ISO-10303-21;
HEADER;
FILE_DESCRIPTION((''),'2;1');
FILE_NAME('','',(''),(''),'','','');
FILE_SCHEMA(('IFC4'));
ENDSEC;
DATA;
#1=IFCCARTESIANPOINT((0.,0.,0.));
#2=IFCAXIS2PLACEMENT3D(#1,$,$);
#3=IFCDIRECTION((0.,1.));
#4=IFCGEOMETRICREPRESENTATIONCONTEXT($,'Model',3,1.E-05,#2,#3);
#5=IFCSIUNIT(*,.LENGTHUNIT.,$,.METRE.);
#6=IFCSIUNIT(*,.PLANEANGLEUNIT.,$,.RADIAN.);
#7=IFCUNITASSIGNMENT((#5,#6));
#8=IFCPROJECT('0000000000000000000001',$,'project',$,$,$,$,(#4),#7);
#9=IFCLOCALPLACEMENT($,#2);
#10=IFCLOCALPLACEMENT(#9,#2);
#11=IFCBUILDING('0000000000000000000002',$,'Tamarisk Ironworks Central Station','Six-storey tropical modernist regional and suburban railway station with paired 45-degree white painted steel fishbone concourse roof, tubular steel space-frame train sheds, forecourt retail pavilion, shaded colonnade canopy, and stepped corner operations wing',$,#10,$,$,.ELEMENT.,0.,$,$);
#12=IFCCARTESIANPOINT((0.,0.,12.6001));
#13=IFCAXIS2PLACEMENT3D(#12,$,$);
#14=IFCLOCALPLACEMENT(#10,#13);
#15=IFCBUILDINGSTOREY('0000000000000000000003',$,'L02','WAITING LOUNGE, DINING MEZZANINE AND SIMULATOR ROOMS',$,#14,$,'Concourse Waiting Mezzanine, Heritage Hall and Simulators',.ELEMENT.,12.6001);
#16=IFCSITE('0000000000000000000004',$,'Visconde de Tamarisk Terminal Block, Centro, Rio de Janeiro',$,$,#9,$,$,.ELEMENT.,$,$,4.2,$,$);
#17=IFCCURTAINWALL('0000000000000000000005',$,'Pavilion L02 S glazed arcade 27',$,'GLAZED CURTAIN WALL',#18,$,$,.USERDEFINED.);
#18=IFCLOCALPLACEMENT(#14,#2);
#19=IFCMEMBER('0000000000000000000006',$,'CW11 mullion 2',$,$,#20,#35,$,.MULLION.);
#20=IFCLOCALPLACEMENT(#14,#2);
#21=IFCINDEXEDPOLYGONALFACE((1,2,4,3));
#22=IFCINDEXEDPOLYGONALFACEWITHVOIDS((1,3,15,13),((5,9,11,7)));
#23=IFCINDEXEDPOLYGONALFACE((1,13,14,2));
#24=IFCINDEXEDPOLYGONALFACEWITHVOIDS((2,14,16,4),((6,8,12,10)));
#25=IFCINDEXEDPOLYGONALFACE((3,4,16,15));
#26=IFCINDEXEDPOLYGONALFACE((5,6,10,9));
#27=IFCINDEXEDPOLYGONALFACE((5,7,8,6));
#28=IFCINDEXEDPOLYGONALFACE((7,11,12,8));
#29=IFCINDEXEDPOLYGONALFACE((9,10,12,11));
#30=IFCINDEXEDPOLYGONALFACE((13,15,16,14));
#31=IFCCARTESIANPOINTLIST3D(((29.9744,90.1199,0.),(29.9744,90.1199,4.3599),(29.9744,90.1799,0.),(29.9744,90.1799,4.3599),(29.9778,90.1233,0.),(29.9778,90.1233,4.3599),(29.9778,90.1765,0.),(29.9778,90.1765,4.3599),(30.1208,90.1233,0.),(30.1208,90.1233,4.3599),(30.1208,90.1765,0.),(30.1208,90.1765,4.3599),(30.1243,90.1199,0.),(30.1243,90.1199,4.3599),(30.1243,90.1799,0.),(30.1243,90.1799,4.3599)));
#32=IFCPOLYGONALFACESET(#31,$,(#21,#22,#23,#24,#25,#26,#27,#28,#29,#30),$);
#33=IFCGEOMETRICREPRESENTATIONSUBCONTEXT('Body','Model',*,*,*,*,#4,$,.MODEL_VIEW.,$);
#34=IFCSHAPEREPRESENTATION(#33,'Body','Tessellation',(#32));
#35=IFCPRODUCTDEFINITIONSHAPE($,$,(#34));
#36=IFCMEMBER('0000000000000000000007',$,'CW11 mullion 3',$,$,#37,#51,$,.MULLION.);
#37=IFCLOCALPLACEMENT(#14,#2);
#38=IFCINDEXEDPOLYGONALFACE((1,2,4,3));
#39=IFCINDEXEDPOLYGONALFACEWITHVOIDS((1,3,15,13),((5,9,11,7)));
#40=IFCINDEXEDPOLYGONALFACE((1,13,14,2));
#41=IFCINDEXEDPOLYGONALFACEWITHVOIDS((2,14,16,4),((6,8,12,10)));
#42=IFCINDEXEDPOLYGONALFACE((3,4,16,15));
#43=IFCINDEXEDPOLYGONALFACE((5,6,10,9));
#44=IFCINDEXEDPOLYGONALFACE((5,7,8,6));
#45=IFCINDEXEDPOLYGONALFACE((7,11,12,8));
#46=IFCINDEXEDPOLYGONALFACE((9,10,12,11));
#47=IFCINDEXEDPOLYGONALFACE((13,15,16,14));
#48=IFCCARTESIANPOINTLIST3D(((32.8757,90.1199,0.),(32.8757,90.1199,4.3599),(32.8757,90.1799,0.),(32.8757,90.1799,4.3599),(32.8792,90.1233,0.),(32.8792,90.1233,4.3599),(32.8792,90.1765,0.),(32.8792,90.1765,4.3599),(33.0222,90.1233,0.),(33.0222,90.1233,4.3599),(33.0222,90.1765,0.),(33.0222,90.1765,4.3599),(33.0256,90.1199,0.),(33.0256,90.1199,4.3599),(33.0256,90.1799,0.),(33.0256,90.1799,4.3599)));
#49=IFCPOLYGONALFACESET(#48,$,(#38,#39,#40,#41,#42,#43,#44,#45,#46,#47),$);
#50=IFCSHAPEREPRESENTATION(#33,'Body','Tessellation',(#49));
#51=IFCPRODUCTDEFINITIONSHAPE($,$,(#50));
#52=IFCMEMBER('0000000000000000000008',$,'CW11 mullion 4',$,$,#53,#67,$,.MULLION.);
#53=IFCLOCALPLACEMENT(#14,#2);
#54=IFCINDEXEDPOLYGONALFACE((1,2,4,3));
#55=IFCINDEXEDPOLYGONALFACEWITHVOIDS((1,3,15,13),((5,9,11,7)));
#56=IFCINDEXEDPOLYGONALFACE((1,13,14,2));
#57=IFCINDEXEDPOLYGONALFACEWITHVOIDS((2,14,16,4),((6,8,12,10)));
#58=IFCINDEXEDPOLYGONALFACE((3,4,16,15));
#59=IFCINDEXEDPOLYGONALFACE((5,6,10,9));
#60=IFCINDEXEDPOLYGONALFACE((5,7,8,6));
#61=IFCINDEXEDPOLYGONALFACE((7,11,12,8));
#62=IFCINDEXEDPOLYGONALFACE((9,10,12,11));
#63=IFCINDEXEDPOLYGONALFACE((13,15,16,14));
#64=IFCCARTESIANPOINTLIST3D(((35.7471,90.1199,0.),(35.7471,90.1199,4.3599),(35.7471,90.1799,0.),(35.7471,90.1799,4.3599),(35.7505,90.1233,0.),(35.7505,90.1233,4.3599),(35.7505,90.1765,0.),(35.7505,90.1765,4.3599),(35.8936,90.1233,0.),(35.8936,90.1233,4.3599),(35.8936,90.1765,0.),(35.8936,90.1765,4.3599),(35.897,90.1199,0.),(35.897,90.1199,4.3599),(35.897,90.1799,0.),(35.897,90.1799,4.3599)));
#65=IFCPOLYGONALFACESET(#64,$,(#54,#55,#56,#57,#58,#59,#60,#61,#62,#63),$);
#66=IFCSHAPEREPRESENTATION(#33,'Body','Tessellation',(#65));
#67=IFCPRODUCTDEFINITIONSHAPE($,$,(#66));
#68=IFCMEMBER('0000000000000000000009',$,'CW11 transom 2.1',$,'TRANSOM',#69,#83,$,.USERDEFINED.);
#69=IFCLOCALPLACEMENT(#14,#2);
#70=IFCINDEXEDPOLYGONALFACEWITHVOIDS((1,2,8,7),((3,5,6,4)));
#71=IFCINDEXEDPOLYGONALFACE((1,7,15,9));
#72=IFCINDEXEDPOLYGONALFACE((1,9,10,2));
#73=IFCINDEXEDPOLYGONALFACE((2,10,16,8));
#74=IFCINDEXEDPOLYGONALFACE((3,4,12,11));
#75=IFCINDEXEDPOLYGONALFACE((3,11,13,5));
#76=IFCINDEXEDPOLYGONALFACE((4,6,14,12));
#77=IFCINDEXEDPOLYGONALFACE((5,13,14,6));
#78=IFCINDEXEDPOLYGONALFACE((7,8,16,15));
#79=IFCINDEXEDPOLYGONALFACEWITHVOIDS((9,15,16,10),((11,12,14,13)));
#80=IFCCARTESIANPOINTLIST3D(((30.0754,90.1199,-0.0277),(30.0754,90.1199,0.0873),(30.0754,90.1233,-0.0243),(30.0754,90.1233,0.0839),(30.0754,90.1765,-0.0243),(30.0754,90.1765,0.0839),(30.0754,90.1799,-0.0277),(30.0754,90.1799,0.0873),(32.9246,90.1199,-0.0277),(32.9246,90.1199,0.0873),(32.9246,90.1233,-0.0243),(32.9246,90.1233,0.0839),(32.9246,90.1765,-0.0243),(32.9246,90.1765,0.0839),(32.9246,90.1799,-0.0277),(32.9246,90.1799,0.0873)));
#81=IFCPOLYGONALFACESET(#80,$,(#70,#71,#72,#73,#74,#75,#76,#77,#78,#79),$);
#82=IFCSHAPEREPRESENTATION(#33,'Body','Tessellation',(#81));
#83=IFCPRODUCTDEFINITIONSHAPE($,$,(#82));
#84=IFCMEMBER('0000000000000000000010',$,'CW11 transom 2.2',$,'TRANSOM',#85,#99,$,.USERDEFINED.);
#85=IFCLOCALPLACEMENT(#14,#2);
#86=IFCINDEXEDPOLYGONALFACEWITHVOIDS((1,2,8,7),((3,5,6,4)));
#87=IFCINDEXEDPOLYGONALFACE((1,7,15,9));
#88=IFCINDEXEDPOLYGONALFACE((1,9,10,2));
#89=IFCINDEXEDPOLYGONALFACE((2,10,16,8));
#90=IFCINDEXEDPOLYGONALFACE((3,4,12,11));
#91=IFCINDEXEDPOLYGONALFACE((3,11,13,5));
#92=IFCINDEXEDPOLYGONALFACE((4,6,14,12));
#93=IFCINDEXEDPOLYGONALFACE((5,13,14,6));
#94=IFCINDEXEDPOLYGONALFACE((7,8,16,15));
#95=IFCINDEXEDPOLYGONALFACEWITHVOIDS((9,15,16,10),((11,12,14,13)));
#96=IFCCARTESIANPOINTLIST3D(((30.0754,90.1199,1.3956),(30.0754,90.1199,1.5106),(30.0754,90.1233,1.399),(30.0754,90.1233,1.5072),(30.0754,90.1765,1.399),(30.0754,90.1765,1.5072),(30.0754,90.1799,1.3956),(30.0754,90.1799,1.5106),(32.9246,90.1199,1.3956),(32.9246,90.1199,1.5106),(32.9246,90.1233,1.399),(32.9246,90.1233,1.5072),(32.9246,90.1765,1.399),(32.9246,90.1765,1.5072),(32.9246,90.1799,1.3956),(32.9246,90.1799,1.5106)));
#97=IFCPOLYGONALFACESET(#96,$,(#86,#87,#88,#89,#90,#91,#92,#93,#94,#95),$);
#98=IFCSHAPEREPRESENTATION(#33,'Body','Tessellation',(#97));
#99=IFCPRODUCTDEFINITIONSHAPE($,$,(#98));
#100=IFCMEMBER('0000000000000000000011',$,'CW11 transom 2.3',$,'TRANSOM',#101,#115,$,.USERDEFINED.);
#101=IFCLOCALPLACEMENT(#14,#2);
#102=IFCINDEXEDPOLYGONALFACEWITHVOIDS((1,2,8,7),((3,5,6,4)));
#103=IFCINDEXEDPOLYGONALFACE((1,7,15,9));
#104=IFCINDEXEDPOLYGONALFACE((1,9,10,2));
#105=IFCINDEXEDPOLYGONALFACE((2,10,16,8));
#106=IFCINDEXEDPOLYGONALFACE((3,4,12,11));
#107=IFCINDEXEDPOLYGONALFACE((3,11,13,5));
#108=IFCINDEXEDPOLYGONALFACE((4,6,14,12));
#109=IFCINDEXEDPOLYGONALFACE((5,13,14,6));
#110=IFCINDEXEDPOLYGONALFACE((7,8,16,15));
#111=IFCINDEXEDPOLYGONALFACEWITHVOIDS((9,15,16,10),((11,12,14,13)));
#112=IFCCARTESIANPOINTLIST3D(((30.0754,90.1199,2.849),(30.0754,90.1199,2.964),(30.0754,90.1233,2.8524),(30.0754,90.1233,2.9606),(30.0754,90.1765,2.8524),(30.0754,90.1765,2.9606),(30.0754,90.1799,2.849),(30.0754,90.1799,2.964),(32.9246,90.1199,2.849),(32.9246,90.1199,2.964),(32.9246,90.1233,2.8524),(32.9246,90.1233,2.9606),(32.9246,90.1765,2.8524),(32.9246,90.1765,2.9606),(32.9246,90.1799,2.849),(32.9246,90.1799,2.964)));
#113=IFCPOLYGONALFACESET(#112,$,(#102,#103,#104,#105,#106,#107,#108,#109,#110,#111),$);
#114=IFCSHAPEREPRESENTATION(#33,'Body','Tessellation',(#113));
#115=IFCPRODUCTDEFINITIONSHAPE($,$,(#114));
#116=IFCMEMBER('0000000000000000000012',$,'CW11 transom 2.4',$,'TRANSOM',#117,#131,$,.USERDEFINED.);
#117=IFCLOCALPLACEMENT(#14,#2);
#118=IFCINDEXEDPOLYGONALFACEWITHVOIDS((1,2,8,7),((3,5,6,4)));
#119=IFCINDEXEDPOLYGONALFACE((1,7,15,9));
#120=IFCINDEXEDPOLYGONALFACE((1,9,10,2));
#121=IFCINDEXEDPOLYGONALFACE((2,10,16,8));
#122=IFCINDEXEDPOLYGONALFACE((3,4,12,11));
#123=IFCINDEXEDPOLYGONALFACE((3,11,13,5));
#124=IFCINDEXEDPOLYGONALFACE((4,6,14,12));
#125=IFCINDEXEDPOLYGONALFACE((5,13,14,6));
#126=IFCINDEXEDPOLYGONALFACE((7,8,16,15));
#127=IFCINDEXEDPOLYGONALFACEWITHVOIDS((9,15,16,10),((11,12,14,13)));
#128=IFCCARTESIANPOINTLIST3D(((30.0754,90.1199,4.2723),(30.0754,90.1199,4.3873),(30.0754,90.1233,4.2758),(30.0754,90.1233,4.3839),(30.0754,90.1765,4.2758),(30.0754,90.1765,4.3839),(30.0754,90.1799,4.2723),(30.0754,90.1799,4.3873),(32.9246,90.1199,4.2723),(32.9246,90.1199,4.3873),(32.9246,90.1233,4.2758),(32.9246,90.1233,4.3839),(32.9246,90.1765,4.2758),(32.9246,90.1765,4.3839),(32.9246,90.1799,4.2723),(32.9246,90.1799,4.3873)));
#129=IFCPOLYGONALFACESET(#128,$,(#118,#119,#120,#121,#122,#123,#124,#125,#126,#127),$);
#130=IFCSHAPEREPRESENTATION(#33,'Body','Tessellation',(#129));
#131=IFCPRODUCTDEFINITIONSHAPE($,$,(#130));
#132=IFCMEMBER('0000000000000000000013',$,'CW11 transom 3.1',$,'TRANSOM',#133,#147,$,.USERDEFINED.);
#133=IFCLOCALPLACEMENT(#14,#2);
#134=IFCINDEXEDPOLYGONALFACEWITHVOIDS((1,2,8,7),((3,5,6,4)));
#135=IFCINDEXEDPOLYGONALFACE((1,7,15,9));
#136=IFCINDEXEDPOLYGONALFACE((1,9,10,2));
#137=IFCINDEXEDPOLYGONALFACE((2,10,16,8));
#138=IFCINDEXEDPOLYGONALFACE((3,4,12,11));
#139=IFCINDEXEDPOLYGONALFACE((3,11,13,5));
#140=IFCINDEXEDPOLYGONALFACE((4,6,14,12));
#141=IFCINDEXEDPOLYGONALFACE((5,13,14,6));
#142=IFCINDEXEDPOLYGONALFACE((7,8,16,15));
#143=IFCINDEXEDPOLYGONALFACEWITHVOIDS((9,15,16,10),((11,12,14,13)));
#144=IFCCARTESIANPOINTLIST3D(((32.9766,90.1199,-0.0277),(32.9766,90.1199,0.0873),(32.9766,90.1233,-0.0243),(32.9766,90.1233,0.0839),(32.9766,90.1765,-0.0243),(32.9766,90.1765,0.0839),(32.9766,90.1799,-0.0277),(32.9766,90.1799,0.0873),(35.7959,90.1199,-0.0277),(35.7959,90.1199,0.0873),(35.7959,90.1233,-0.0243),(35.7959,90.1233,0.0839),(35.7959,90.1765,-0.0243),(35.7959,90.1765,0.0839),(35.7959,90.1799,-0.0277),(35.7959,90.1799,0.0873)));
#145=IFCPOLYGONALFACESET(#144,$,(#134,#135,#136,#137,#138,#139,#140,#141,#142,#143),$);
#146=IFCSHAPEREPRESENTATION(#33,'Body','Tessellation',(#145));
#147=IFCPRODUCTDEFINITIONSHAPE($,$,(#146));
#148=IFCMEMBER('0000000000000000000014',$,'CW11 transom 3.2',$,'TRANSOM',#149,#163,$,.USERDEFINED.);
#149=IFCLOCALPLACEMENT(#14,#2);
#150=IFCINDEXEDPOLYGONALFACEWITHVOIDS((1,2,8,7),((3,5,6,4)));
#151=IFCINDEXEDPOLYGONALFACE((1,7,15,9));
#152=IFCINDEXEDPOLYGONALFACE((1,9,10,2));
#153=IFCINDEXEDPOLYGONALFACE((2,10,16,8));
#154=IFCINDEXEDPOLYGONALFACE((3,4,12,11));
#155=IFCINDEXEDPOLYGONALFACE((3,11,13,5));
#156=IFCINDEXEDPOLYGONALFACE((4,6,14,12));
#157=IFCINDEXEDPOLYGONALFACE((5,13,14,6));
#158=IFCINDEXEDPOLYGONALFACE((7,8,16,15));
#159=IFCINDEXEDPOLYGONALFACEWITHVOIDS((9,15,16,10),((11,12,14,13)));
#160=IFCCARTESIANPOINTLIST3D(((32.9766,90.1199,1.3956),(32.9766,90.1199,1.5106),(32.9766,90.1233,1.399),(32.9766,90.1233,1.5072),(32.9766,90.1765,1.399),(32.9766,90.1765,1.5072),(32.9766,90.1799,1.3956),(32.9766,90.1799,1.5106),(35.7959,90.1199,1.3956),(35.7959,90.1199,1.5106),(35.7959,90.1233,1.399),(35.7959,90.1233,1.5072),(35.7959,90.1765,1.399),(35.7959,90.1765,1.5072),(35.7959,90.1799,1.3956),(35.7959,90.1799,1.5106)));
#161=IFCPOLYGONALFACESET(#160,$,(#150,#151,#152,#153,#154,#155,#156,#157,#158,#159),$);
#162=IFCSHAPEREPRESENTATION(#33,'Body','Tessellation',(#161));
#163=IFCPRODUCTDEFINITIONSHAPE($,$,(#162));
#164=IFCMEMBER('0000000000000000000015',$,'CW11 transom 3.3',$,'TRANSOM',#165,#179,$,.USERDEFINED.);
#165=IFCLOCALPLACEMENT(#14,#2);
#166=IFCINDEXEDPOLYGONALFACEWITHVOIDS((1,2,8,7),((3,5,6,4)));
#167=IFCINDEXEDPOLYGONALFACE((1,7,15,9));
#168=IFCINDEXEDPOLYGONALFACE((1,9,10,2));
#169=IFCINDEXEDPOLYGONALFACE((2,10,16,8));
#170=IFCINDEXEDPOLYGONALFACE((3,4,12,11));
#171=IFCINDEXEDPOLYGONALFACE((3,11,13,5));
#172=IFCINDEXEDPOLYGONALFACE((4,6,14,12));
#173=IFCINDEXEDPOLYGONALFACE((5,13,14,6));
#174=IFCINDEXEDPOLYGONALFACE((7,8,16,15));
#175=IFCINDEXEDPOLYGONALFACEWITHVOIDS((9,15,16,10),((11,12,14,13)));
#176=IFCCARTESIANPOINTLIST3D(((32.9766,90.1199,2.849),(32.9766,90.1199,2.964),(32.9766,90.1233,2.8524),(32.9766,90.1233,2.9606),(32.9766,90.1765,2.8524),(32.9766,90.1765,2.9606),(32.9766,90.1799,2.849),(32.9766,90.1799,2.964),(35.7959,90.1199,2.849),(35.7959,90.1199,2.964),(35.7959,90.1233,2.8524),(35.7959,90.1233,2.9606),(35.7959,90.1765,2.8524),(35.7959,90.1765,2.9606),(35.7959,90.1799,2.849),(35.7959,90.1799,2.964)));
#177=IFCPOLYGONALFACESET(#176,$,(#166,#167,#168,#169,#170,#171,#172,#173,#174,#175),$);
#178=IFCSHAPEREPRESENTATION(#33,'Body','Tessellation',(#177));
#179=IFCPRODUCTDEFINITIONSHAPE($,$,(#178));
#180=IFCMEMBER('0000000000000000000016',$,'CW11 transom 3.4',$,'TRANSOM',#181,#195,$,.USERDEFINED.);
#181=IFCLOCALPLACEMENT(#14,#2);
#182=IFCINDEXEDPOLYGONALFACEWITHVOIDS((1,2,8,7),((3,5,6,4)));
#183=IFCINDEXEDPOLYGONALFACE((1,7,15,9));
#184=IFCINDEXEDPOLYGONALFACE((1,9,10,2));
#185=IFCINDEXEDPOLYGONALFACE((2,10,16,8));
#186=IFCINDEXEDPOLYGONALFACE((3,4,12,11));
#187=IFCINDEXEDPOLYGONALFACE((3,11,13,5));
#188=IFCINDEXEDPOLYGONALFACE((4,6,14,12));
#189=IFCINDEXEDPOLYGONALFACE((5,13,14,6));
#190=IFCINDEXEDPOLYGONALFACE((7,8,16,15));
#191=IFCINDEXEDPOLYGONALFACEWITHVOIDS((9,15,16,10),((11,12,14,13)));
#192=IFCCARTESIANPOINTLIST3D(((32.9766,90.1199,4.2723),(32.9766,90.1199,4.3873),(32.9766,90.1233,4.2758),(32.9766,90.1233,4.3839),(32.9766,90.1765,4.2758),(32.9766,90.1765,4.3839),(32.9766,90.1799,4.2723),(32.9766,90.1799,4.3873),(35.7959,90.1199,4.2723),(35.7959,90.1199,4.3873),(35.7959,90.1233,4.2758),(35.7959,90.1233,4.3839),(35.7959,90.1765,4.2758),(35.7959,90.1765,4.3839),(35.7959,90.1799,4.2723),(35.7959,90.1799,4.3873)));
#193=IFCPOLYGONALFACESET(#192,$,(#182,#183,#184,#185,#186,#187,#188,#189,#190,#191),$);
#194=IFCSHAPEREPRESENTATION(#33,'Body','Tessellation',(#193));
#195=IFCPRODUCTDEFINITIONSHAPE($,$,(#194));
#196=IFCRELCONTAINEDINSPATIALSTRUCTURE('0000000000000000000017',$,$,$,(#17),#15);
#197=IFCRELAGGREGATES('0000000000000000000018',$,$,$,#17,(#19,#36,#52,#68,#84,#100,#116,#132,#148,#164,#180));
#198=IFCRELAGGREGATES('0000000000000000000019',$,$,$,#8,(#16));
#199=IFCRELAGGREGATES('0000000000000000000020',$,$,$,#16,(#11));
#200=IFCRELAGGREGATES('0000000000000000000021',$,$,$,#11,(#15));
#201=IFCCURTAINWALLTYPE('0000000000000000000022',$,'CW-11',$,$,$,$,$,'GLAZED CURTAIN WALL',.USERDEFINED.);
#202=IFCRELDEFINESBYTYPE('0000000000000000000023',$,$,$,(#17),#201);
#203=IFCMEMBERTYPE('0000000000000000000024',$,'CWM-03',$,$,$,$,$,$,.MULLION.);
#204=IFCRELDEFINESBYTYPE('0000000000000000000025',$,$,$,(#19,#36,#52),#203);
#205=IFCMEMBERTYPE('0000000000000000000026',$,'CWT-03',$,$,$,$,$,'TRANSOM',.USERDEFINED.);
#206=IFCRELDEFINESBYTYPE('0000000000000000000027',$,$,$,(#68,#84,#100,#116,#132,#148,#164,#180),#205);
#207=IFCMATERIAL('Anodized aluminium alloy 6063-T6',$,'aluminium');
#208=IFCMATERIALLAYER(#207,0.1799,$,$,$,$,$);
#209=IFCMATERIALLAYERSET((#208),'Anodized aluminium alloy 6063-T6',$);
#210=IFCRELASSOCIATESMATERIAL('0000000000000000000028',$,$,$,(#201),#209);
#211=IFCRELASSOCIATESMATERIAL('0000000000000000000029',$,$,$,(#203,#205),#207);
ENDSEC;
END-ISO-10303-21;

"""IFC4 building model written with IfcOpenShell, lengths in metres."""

from ifc_helpers import new_model, si_unit, direction, frame, origin, origin_2d, place, context, subcontext, project, spatial, hollow_rectangle, extrude, material, layer, layer_set, material_profile, profile_set, type_object, element, aggregate, save


model = new_model("IFC4")

# Units and contexts
model_context = context("Model", 3, precision=1e-05, world=origin(), true_north=direction((0.0, 1.0)))
body_context = subcontext(model_context, "Body", "Model", "MODEL_VIEW")
ifc_project = project(units=[si_unit("LENGTHUNIT", "METRE"), si_unit("PLANEANGLEUNIT", "RADIAN")], contexts=[model_context])

# Site, building, storey
site_placement = place(None, origin())
site = spatial("IfcSite", under=ifc_project, at=site_placement, Name="Visconde de Tamarisk Terminal Block, Centro, Rio de Janeiro", CompositionType="ELEMENT", RefElevation=4.2)
building_placement = place(site_placement, origin())
building = spatial("IfcBuilding", under=site, at=building_placement, Name="Tamarisk Ironworks Central Station", Description="Six-storey tropical modernist regional and suburban railway station with paired 45-degree white painted steel fishbone concourse roof, tubular steel space-frame train sheds, forecourt retail pavilion, shaded colonnade canopy, and stepped corner operations wing", CompositionType="ELEMENT", ElevationOfRefHeight=0.0)
storey_placement = place(building_placement, frame((0.0, 0.0, 12.6001)))
storey = spatial("IfcBuildingStorey", under=building, at=storey_placement, Name="L02", Description="WAITING LOUNGE, DINING MEZZANINE AND SIMULATOR ROOMS", LongName="Concourse Waiting Mezzanine, Heritage Hall and Simulators", CompositionType="ELEMENT", Elevation=12.6001)

# Curtain wall, members
ifc_material_1 = material(Name="Anodized aluminium alloy 6063-T6", Category="aluminium")
ifc_layer_1 = layer(ifc_material_1, 0.1799)
ifc_layer_set_1 = layer_set([ifc_layer_1], Name="Anodized aluminium alloy 6063-T6")
curtain_wall_type = type_object("IfcCurtainWallType", Name="CW-11", ElementType="GLAZED CURTAIN WALL", PredefinedType="USERDEFINED", material=ifc_layer_set_1)
curtain_wall_placement = place(storey_placement, origin())
curtain_wall = element("IfcCurtainWall", 1, at=curtain_wall_placement, inside=storey, type_object=curtain_wall_type, Name="Pavilion L02 S glazed arcade 27", ObjectType="GLAZED CURTAIN WALL", PredefinedType="USERDEFINED")
ifc_material_profile_1 = material_profile(ifc_material_1, hollow_rectangle(XDim=0.0601, YDim=0.1499, WallThickness=0.0034, at=origin_2d()), Name="ALUM 150x60")
ifc_profile_set_1 = profile_set([ifc_material_profile_1], Name="Anodized aluminium alloy 6063-T6")
member_type_1 = type_object("IfcMemberType", Name="CWM-03", PredefinedType="MULLION", material=ifc_profile_set_1)
member_1_placement = place(storey_placement, frame((30.0493, 90.1499, 0.0), z_axis=(0.0, 0.0, 1.0), x_axis=(0.0, 1.0, 0.0)))
member_1 = element("IfcMember", 2, at=member_1_placement, type_object=member_type_1, Name="CW11 mullion 2", PredefinedType="MULLION", context=body_context, shape_type="SweptSolid", body=[
    extrude(hollow_rectangle(XDim=0.0601, YDim=0.1499, WallThickness=0.0034, at=origin_2d()), origin(), (0.0, 0.0, 1.0), 4.3599),
])
member_2_placement = place(storey_placement, frame((32.9507, 90.1499, 0.0), z_axis=(0.0, 0.0, 1.0), x_axis=(0.0, 1.0, 0.0)))
member_2 = element("IfcMember", 3, at=member_2_placement, type_object=member_type_1, Name="CW11 mullion 3", PredefinedType="MULLION", context=body_context, shape_type="SweptSolid", body=[
    extrude(hollow_rectangle(XDim=0.0601, YDim=0.1499, WallThickness=0.0034, at=origin_2d()), origin(), (0.0, 0.0, 1.0), 4.3599),
])
member_3_placement = place(storey_placement, frame((35.822, 90.1499, 0.0), z_axis=(0.0, 0.0, 1.0), x_axis=(0.0, 1.0, 0.0)))
member_3 = element("IfcMember", 4, at=member_3_placement, type_object=member_type_1, Name="CW11 mullion 4", PredefinedType="MULLION", context=body_context, shape_type="SweptSolid", body=[
    extrude(hollow_rectangle(XDim=0.0601, YDim=0.1499, WallThickness=0.0034, at=origin_2d()), origin(), (0.0, 0.0, 1.0), 4.3599),
])
ifc_material_profile_2 = material_profile(ifc_material_1, hollow_rectangle(XDim=0.0601, YDim=0.115, WallThickness=0.0034, at=origin_2d()), Name="ALUM 115x60")
ifc_profile_set_2 = profile_set([ifc_material_profile_2], Name="Anodized aluminium alloy 6063-T6")
member_type_2 = type_object("IfcMemberType", Name="CWT-03", ElementType="TRANSOM", PredefinedType="USERDEFINED", material=ifc_profile_set_2)
member_4_placement = place(storey_placement, frame((30.0754, 90.1499, 0.0298), z_axis=(1.0, 0.0, 0.0), x_axis=(0.0, 1.0, 0.0)))
member_4 = element("IfcMember", 5, at=member_4_placement, type_object=member_type_2, Name="CW11 transom 2.1", ObjectType="TRANSOM", PredefinedType="USERDEFINED", context=body_context, shape_type="SweptSolid", body=[
    extrude(hollow_rectangle(XDim=0.0601, YDim=0.115, WallThickness=0.0034, at=origin_2d()), origin(), (0.0, 0.0, 1.0), 2.8491),
])
member_5_placement = place(storey_placement, frame((30.0754, 90.1499, 1.4531), z_axis=(1.0, 0.0, 0.0), x_axis=(0.0, 1.0, 0.0)))
member_5 = element("IfcMember", 6, at=member_5_placement, type_object=member_type_2, Name="CW11 transom 2.2", ObjectType="TRANSOM", PredefinedType="USERDEFINED", context=body_context, shape_type="SweptSolid", body=[
    extrude(hollow_rectangle(XDim=0.0601, YDim=0.115, WallThickness=0.0034, at=origin_2d()), origin(), (0.0, 0.0, 1.0), 2.8491),
])
member_6_placement = place(storey_placement, frame((30.0754, 90.1499, 2.9065), z_axis=(1.0, 0.0, 0.0), x_axis=(0.0, 1.0, 0.0)))
member_6 = element("IfcMember", 7, at=member_6_placement, type_object=member_type_2, Name="CW11 transom 2.3", ObjectType="TRANSOM", PredefinedType="USERDEFINED", context=body_context, shape_type="SweptSolid", body=[
    extrude(hollow_rectangle(XDim=0.0601, YDim=0.115, WallThickness=0.0034, at=origin_2d()), origin(), (0.0, 0.0, 1.0), 2.8491),
])
member_7_placement = place(storey_placement, frame((30.0754, 90.1499, 4.3298), z_axis=(1.0, 0.0, 0.0), x_axis=(0.0, 1.0, 0.0)))
member_7 = element("IfcMember", 8, at=member_7_placement, type_object=member_type_2, Name="CW11 transom 2.4", ObjectType="TRANSOM", PredefinedType="USERDEFINED", context=body_context, shape_type="SweptSolid", body=[
    extrude(hollow_rectangle(XDim=0.0601, YDim=0.115, WallThickness=0.0034, at=origin_2d()), origin(), (0.0, 0.0, 1.0), 2.8491),
])
member_8_placement = place(storey_placement, frame((32.9766, 90.1499, 0.0298), z_axis=(1.0, 0.0, 0.0), x_axis=(0.0, 1.0, 0.0)))
member_8 = element("IfcMember", 9, at=member_8_placement, type_object=member_type_2, Name="CW11 transom 3.1", ObjectType="TRANSOM", PredefinedType="USERDEFINED", context=body_context, shape_type="SweptSolid", body=[
    extrude(hollow_rectangle(XDim=0.0601, YDim=0.115, WallThickness=0.0034, at=origin_2d()), origin(), (0.0, 0.0, 1.0), 2.8193),
])
member_9_placement = place(storey_placement, frame((32.9766, 90.1499, 1.4531), z_axis=(1.0, 0.0, 0.0), x_axis=(0.0, 1.0, 0.0)))
member_9 = element("IfcMember", 10, at=member_9_placement, type_object=member_type_2, Name="CW11 transom 3.2", ObjectType="TRANSOM", PredefinedType="USERDEFINED", context=body_context, shape_type="SweptSolid", body=[
    extrude(hollow_rectangle(XDim=0.0601, YDim=0.115, WallThickness=0.0034, at=origin_2d()), origin(), (0.0, 0.0, 1.0), 2.8193),
])
member_10_placement = place(storey_placement, frame((32.9766, 90.1499, 2.9065), z_axis=(1.0, 0.0, 0.0), x_axis=(0.0, 1.0, 0.0)))
member_10 = element("IfcMember", 11, at=member_10_placement, type_object=member_type_2, Name="CW11 transom 3.3", ObjectType="TRANSOM", PredefinedType="USERDEFINED", context=body_context, shape_type="SweptSolid", body=[
    extrude(hollow_rectangle(XDim=0.0601, YDim=0.115, WallThickness=0.0034, at=origin_2d()), origin(), (0.0, 0.0, 1.0), 2.8193),
])
member_11_placement = place(storey_placement, frame((32.9766, 90.1499, 4.3298), z_axis=(1.0, 0.0, 0.0), x_axis=(0.0, 1.0, 0.0)))
member_11 = element("IfcMember", 12, at=member_11_placement, type_object=member_type_2, Name="CW11 transom 3.4", ObjectType="TRANSOM", PredefinedType="USERDEFINED", context=body_context, shape_type="SweptSolid", body=[
    extrude(hollow_rectangle(XDim=0.0601, YDim=0.115, WallThickness=0.0034, at=origin_2d()), origin(), (0.0, 0.0, 1.0), 2.8193),
])
aggregate(curtain_wall, [member_1, member_2, member_3, member_4, member_5, member_6, member_7, member_8, member_9, member_10, member_11])

save(model, "model.ifc")
